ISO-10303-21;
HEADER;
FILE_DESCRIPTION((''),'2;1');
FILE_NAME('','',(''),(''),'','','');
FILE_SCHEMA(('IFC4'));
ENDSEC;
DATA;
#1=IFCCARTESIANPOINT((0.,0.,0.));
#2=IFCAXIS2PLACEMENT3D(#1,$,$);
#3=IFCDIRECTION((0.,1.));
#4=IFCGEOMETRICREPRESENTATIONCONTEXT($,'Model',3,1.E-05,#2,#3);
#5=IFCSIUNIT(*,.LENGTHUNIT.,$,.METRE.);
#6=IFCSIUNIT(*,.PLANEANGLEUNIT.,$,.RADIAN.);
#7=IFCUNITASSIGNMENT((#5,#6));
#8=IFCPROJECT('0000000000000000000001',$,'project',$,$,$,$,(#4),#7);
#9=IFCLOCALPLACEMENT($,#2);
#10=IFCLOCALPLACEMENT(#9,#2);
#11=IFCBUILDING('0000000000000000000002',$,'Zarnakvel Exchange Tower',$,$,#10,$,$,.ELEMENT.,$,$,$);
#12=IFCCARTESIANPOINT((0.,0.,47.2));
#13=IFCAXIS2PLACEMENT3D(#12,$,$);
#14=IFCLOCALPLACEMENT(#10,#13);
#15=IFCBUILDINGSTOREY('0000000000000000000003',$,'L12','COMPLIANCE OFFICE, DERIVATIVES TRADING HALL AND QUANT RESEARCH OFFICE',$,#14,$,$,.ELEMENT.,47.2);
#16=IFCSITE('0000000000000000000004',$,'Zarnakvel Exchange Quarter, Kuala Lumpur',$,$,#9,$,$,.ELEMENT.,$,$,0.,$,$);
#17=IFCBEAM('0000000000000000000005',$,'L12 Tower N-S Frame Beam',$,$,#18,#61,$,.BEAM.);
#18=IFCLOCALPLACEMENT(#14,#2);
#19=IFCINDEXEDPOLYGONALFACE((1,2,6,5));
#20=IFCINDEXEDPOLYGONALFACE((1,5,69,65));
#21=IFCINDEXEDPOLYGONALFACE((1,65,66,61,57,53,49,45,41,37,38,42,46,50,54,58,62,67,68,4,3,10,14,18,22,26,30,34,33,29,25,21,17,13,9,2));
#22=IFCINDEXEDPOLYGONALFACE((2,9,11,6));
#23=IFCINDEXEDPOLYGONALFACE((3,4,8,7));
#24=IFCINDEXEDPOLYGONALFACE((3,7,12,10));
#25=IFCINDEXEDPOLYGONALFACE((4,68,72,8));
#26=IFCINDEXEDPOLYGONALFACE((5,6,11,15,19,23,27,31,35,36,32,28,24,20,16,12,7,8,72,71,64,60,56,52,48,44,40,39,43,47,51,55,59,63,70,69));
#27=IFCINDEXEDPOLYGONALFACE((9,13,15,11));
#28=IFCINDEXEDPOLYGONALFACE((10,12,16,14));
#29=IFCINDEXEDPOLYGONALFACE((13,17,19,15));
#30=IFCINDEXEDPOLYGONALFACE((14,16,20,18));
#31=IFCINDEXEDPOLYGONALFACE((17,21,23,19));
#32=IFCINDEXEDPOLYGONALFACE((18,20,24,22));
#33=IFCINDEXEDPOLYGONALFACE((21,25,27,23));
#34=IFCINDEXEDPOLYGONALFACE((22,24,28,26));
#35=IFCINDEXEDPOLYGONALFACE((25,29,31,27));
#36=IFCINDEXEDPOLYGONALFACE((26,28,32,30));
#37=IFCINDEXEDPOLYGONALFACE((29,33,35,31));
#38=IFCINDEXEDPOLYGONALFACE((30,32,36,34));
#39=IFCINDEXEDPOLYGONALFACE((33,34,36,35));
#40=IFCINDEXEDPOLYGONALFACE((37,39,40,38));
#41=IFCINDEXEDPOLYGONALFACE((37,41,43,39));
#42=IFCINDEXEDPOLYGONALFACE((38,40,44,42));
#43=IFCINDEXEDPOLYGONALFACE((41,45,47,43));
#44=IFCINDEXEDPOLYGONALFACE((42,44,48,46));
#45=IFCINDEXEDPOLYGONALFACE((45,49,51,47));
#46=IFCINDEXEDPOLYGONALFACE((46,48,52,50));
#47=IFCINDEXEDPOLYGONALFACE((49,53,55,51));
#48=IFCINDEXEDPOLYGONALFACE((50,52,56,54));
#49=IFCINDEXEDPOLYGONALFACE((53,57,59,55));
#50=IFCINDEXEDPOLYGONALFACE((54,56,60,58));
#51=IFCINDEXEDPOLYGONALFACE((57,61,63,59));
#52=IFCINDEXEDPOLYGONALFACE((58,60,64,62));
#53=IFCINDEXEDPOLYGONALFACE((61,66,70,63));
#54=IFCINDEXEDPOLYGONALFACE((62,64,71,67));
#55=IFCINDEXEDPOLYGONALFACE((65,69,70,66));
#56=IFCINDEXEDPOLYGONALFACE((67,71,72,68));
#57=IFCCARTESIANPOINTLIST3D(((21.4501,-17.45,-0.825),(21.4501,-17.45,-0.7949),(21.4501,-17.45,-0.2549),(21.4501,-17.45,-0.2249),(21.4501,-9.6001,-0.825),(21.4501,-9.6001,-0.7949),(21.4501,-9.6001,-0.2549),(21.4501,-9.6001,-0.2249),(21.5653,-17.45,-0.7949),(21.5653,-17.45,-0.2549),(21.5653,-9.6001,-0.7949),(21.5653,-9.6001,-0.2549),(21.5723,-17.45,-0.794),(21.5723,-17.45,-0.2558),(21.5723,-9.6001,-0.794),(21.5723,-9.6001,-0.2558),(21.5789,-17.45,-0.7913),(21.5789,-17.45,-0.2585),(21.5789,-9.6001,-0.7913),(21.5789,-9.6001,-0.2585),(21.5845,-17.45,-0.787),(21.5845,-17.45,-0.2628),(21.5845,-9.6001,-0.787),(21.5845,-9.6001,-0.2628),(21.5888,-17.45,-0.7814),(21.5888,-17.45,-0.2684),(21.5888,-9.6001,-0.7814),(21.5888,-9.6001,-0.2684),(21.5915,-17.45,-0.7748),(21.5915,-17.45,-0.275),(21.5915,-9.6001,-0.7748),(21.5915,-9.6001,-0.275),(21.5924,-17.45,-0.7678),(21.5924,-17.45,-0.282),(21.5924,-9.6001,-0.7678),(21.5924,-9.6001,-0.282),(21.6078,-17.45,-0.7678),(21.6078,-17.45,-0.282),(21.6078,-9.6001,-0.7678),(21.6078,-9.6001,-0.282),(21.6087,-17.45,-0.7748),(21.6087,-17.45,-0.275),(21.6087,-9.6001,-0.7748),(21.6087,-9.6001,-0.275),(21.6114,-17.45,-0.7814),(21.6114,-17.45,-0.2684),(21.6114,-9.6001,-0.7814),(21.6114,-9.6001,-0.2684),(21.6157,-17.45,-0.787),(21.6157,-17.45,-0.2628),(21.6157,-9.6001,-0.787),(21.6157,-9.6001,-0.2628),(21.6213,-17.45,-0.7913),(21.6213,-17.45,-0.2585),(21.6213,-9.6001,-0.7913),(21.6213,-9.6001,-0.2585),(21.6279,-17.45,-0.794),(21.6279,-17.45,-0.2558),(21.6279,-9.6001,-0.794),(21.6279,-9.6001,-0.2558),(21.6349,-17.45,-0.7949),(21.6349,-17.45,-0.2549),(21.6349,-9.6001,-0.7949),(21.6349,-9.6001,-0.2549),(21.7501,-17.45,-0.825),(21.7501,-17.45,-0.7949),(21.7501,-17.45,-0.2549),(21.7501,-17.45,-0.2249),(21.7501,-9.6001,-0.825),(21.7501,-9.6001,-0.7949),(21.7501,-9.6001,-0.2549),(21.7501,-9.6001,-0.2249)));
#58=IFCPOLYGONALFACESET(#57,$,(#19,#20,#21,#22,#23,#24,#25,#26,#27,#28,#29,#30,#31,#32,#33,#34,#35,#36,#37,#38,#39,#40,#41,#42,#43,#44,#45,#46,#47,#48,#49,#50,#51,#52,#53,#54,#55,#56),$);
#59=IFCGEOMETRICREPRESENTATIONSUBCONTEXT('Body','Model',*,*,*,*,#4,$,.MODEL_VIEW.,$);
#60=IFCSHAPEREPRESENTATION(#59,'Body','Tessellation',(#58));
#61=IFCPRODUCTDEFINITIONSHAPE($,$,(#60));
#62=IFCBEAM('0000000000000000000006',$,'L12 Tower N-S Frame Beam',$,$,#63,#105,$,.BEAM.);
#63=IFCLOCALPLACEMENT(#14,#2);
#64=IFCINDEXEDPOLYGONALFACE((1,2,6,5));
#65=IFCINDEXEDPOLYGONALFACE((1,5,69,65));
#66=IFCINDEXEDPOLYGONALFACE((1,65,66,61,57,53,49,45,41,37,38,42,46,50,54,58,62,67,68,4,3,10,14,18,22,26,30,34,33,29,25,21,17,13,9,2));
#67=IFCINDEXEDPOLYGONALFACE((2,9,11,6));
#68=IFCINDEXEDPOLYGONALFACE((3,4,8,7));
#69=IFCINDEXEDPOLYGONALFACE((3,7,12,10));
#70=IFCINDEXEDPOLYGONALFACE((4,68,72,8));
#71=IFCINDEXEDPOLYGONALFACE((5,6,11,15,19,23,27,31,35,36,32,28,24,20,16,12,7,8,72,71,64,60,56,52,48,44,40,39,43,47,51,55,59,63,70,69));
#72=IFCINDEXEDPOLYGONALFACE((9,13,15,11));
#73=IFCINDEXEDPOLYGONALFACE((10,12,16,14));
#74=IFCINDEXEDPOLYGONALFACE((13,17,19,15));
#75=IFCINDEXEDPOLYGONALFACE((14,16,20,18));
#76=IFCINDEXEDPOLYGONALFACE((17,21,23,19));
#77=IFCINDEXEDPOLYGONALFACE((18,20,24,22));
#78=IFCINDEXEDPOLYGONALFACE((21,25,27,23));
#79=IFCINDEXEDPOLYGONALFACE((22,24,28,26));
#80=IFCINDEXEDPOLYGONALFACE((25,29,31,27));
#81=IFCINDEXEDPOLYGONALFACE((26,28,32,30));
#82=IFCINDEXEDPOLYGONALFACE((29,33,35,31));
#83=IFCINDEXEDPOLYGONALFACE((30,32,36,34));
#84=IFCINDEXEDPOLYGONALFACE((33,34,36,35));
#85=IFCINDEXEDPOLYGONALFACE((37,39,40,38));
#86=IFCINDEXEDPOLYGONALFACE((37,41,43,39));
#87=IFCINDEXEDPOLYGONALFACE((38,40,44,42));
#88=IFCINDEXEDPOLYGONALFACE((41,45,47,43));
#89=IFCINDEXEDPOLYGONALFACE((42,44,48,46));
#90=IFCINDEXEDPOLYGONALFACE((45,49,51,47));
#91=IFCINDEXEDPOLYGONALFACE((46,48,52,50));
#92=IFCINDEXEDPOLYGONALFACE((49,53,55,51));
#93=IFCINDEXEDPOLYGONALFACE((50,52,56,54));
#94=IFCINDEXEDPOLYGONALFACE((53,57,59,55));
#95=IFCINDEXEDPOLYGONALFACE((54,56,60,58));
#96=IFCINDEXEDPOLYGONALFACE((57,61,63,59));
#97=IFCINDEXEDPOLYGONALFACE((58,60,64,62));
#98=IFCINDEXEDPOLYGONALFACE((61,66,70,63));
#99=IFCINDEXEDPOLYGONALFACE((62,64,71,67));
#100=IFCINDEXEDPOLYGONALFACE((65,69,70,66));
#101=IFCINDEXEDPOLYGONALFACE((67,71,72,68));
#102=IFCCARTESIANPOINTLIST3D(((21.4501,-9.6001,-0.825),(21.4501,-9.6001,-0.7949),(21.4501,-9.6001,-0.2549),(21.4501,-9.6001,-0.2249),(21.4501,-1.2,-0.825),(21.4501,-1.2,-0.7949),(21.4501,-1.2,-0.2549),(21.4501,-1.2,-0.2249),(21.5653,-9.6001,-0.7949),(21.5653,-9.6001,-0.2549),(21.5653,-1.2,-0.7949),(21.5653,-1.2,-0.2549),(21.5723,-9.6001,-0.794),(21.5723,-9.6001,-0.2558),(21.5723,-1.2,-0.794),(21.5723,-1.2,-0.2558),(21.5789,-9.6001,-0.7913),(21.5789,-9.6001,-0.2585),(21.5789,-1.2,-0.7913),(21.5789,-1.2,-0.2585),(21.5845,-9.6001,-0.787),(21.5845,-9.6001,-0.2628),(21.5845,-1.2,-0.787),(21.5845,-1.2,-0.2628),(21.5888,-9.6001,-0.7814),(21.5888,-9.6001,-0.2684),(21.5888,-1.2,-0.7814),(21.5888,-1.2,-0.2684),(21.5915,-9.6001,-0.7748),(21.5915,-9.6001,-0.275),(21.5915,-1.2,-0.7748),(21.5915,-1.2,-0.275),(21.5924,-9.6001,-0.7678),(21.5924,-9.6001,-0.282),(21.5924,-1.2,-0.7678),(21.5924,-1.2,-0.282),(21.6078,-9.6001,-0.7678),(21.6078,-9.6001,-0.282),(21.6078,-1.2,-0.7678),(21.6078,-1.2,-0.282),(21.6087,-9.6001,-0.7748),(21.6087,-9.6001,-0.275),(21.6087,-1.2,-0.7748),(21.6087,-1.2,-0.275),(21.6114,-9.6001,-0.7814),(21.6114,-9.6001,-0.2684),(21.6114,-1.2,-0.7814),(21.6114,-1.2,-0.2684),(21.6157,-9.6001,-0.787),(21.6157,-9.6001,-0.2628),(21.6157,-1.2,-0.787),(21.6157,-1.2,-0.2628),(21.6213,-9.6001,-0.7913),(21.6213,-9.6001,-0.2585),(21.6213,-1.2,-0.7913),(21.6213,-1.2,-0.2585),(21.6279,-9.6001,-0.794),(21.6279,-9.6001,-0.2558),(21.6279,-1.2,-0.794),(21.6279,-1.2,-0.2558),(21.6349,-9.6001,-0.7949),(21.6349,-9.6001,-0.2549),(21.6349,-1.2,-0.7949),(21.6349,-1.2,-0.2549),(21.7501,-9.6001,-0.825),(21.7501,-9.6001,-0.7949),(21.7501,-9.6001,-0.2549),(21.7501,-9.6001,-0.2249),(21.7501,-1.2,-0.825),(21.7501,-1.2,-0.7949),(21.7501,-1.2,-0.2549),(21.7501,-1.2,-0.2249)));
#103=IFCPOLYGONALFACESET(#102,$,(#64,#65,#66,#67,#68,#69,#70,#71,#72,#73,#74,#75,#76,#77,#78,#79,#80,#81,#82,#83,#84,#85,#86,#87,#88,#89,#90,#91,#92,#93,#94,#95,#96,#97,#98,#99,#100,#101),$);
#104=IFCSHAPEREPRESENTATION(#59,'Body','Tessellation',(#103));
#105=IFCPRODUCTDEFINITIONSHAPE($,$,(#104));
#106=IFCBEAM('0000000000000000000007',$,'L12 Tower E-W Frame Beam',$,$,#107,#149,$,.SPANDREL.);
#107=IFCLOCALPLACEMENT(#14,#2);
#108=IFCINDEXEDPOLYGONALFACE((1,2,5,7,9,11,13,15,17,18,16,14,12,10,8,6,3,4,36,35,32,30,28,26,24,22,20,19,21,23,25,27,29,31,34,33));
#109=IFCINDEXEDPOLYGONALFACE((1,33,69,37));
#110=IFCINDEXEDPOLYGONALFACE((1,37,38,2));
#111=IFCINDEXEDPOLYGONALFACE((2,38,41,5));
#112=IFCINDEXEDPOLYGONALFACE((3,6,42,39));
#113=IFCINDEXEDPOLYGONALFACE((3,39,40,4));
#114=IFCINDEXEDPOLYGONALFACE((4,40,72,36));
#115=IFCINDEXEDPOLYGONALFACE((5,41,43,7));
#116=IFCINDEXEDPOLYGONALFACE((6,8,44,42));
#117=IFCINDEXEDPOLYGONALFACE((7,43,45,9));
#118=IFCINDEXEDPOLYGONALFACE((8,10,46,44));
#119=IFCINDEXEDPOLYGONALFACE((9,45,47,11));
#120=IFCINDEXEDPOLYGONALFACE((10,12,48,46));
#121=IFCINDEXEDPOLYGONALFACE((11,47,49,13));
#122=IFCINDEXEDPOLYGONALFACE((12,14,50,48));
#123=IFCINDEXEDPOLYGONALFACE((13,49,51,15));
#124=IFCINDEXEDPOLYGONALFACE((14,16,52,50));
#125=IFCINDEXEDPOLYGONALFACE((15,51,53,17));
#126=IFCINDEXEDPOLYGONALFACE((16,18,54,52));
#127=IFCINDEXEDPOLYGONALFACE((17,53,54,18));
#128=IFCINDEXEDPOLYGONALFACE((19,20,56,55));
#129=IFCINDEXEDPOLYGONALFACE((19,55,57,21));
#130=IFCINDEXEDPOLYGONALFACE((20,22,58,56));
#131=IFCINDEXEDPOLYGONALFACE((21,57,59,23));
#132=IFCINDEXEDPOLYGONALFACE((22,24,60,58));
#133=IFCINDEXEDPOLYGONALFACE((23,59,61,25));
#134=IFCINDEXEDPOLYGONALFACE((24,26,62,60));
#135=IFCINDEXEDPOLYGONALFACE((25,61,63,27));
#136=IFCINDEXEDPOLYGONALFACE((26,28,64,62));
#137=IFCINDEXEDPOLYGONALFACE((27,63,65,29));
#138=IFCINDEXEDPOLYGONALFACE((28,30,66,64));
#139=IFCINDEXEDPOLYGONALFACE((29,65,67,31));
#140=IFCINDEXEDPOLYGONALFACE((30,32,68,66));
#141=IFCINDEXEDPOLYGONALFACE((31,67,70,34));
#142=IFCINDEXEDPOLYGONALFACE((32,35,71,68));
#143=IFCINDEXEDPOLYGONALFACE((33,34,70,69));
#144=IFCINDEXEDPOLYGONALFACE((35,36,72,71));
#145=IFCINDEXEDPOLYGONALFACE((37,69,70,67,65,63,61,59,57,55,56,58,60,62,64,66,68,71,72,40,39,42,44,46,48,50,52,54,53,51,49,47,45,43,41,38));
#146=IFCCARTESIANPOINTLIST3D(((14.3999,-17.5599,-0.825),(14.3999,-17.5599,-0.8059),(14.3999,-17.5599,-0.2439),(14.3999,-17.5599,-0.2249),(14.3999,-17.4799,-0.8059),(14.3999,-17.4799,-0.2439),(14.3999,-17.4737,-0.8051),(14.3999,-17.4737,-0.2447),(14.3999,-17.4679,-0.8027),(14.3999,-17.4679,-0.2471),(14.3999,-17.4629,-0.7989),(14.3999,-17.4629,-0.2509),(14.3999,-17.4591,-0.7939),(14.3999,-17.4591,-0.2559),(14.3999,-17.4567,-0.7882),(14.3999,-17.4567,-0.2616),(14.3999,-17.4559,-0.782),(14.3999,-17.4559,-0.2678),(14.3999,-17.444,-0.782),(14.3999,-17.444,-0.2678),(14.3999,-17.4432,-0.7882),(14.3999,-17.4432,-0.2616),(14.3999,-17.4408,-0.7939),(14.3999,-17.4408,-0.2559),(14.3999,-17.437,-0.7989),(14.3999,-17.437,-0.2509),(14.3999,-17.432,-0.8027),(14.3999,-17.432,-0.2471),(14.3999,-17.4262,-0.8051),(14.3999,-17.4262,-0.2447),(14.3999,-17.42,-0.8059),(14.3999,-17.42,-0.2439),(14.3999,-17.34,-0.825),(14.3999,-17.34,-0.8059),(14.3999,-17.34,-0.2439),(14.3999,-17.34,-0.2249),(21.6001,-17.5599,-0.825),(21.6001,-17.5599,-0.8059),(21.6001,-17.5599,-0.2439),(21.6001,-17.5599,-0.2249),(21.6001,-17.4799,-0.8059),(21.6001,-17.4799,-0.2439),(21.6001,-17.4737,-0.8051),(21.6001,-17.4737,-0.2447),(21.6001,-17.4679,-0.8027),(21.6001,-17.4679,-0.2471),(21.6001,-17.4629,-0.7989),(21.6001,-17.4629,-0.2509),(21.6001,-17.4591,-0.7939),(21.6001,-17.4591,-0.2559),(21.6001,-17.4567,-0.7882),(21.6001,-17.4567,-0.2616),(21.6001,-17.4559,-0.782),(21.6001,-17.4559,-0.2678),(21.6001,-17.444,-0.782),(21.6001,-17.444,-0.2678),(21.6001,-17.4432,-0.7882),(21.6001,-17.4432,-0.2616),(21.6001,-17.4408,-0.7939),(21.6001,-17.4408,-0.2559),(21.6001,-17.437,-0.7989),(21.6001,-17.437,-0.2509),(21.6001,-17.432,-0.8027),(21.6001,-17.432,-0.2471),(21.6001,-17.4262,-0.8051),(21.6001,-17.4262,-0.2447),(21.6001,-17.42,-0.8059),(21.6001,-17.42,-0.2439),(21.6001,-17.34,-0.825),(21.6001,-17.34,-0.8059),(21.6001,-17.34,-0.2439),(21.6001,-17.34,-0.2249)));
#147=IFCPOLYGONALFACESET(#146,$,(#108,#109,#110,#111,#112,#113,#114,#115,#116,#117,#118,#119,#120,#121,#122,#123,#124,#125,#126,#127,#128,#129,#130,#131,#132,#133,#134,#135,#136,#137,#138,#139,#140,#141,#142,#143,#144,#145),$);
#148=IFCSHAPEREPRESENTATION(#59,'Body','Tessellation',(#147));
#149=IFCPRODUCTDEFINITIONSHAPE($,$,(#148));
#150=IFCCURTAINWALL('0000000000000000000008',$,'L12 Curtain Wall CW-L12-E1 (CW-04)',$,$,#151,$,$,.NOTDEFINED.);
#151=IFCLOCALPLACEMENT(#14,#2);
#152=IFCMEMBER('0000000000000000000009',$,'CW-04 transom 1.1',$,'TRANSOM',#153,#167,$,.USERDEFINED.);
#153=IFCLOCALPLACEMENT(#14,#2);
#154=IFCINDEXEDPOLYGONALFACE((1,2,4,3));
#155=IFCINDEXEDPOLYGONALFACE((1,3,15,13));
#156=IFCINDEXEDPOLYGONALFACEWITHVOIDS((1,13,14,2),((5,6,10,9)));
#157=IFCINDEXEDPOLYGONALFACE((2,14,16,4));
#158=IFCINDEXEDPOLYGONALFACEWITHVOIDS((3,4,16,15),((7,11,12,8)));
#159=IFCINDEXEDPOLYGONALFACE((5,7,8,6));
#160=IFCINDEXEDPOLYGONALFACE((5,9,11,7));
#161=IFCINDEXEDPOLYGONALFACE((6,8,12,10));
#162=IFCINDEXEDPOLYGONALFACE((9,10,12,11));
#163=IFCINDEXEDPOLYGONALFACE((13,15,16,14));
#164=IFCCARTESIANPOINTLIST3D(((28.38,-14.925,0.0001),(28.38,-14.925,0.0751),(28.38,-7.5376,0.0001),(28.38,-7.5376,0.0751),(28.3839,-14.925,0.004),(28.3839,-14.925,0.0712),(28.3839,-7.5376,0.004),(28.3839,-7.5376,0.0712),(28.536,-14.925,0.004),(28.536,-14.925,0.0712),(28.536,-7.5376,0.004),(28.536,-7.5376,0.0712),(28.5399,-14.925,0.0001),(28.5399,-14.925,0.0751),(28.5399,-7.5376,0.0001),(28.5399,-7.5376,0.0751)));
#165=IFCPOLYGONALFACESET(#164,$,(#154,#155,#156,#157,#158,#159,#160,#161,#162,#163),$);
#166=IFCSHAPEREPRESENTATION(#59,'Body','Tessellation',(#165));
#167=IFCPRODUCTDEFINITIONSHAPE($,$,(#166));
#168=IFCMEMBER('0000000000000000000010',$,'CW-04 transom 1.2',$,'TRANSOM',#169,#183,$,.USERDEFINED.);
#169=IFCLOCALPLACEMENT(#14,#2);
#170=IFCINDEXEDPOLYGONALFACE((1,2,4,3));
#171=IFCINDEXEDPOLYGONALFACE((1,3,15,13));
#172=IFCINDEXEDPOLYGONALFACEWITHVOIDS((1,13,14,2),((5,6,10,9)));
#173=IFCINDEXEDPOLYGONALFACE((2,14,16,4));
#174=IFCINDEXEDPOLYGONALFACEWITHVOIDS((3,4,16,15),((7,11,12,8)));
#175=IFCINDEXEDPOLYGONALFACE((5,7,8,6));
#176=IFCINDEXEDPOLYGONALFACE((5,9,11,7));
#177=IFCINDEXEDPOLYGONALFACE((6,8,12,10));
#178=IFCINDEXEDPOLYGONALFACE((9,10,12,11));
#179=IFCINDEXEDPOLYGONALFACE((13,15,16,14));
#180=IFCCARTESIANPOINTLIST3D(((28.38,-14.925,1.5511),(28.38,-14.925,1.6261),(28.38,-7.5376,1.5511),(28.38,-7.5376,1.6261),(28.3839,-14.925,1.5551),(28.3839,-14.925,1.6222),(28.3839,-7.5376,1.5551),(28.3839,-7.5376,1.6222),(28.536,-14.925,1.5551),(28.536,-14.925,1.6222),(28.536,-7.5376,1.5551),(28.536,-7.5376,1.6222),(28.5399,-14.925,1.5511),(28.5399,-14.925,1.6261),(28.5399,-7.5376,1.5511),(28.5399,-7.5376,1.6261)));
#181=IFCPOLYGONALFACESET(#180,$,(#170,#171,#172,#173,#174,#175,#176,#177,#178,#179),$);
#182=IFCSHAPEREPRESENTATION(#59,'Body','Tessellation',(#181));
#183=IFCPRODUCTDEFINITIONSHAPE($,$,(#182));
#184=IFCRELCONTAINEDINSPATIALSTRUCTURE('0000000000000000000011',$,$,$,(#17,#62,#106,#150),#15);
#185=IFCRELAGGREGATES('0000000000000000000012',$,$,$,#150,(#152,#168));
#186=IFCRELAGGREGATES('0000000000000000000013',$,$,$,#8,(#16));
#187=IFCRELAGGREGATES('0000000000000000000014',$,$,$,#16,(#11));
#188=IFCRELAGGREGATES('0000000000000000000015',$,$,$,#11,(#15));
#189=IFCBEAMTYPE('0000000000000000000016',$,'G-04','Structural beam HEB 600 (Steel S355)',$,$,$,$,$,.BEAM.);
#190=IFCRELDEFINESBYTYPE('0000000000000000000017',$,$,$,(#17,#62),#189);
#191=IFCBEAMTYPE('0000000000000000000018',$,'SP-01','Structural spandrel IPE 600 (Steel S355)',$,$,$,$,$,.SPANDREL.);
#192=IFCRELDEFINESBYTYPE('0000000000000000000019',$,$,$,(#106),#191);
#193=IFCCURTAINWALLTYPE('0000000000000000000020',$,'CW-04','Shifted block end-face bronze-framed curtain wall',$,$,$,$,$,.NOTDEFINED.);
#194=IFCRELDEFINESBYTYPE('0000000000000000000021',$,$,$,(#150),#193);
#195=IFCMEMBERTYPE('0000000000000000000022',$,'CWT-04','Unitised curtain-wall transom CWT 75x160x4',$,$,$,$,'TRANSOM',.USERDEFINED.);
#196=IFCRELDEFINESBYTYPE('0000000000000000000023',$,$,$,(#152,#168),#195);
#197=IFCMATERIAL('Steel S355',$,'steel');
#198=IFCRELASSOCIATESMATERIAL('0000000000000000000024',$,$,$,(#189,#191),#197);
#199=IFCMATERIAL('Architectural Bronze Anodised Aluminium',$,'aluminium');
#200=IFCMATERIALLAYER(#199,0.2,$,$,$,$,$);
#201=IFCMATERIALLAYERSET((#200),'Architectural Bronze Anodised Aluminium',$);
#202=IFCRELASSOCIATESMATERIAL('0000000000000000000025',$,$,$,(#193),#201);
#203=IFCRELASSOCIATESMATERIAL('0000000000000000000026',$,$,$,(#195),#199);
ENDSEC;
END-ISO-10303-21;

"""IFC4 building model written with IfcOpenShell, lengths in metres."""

from ifc_helpers import new_model, si_unit, direction, frame, origin, origin_2d, place, context, subcontext, project, spatial, hollow_rectangle, i_section, extrude, source, transform, mapped, material, layer, layer_set, material_profile, profile_set, type_object, element, aggregate, save


model = new_model("IFC4")

# Units and contexts
model_context = context("Model", 3, precision=1e-05, world=origin(), true_north=direction((0.0, 1.0)))
body_context = subcontext(model_context, "Body", "Model", "MODEL_VIEW")
ifc_project = project(units=[si_unit("LENGTHUNIT", "METRE"), si_unit("PLANEANGLEUNIT", "RADIAN")], contexts=[model_context])

# Site, building, storey
site_placement = place(None, origin())
site = spatial("IfcSite", under=ifc_project, at=site_placement, Name="Zarnakvel Exchange Quarter, Kuala Lumpur", CompositionType="ELEMENT", RefElevation=0.0)
building_placement = place(site_placement, origin())
building = spatial("IfcBuilding", under=site, at=building_placement, Name="Zarnakvel Exchange Tower", CompositionType="ELEMENT")
storey_placement = place(building_placement, frame((0.0, 0.0, 47.2)))
storey = spatial("IfcBuildingStorey", under=building, at=storey_placement, Name="L12", Description="COMPLIANCE OFFICE, DERIVATIVES TRADING HALL AND QUANT RESEARCH OFFICE", CompositionType="ELEMENT", Elevation=47.2)

# Shared definitions
ifc_material_1 = material(Name="Steel S355", Category="steel")

# Beams
ifc_material_profile_1 = material_profile(ifc_material_1, i_section(OverallWidth=0.3, OverallDepth=0.6001, WebThickness=0.0154, FlangeThickness=0.03, FilletRadius=0.0271, at=origin_2d()))
ifc_profile_set_1 = profile_set([ifc_material_profile_1], Name="Steel S355")
beam_type_1 = type_object("IfcBeamType", Name="G-04", Description="Structural beam HEB 600 (Steel S355)", PredefinedType="BEAM", material=ifc_profile_set_1)
beam_1_placement = place(storey_placement, frame((21.6001, -17.45, -0.5249), z_axis=(0.0, 1.0, 0.0), x_axis=(-1.0, 0.0, 0.0)))
element("IfcBeam", 1, at=beam_1_placement, inside=storey, type_object=beam_type_1, Name="L12 Tower N-S Frame Beam", PredefinedType="BEAM", context=body_context, shape_type="SweptSolid", body=[
    extrude(i_section(OverallWidth=0.3, OverallDepth=0.6001, WebThickness=0.0154, FlangeThickness=0.03, FilletRadius=0.0271, at=origin_2d()), origin(), (0.0, 0.0, 1.0), 7.8499),
])
beam_2_placement = place(storey_placement, frame((21.6001, -9.6001, -0.5249), z_axis=(0.0, 1.0, 0.0), x_axis=(-1.0, 0.0, 0.0)))
element("IfcBeam", 2, at=beam_2_placement, inside=storey, type_object=beam_type_1, Name="L12 Tower N-S Frame Beam", PredefinedType="BEAM", context=body_context, shape_type="SweptSolid", body=[
    extrude(i_section(OverallWidth=0.3, OverallDepth=0.6001, WebThickness=0.0154, FlangeThickness=0.03, FilletRadius=0.0271, at=origin_2d()), origin(), (0.0, 0.0, 1.0), 8.4001),
])
ifc_material_profile_2 = material_profile(ifc_material_1, i_section(OverallWidth=0.22, OverallDepth=0.6001, WebThickness=0.012, FlangeThickness=0.019, FilletRadius=0.0239, at=origin_2d()))
ifc_profile_set_2 = profile_set([ifc_material_profile_2], Name="Steel S355")
beam_type_2 = type_object("IfcBeamType", Name="SP-01", Description="Structural spandrel IPE 600 (Steel S355)", PredefinedType="SPANDREL", material=ifc_profile_set_2)
beam_3_placement = place(storey_placement, frame((14.3999, -17.45, -0.5249), z_axis=(1.0, 0.0, 0.0), x_axis=(0.0, 1.0, 0.0)))
element("IfcBeam", 3, at=beam_3_placement, inside=storey, type_object=beam_type_2, Name="L12 Tower E-W Frame Beam", PredefinedType="SPANDREL", context=body_context, shape_type="SweptSolid", body=[
    extrude(i_section(OverallWidth=0.22, OverallDepth=0.6001, WebThickness=0.012, FlangeThickness=0.019, FilletRadius=0.0239, at=origin_2d()), origin(), (0.0, 0.0, 1.0), 7.2002),
])

# Curtain wall, members
ifc_material_2 = material(Name="Architectural Bronze Anodised Aluminium", Category="aluminium")
ifc_layer_1 = layer(ifc_material_2, 0.2)
ifc_layer_set_1 = layer_set([ifc_layer_1], Name="Architectural Bronze Anodised Aluminium")
curtain_wall_type = type_object("IfcCurtainWallType", Name="CW-04", Description="Shifted block end-face bronze-framed curtain wall", PredefinedType="NOTDEFINED", material=ifc_layer_set_1)
curtain_wall_placement = place(storey_placement, origin())
curtain_wall = element("IfcCurtainWall", 4, at=curtain_wall_placement, inside=storey, type_object=curtain_wall_type, Name="L12 Curtain Wall CW-L12-E1 (CW-04)", PredefinedType="NOTDEFINED")
ifc_material_profile_3 = material_profile(ifc_material_2, hollow_rectangle(XDim=0.1599, YDim=0.075, WallThickness=0.0039, at=origin_2d()))
ifc_profile_set_3 = profile_set([ifc_material_profile_3], Name="Architectural Bronze Anodised Aluminium")
member_type_1 = type_object("IfcMemberType", Name="CWT-04", Description="Unitised curtain-wall transom CWT 75x160x4", ElementType="TRANSOM", PredefinedType="USERDEFINED", material=ifc_profile_set_3)
shared_shape_1 = source(origin(), body_context, "Body", "SweptSolid", [
    extrude(hollow_rectangle(XDim=0.1599, YDim=0.075, WallThickness=0.0039, at=origin_2d()), origin(), (0.0, 0.0, 1.0), 7.3875),
])
member_1_placement = place(storey_placement, frame((28.46, -14.925, 0.0376), z_axis=(0.0, 1.0, 0.0), x_axis=(-1.0, 0.0, 0.0)))
member_1 = element("IfcMember", 5, at=member_1_placement, type_object=member_type_1, Name="CW-04 transom 1.1", ObjectType="TRANSOM", PredefinedType="USERDEFINED", context=body_context, shape_type="MappedRepresentation", body=[
    mapped(shared_shape_1, transform((0.0, 0.0, 0.0), x_axis=(1.0, 0.0, 0.0), y_axis=(0.0, 1.0, 0.0), z_axis=(0.0, 0.0, 1.0), scale=1.0)),
])
member_2_placement = place(storey_placement, frame((28.46, -14.925, 1.5886), z_axis=(0.0, 1.0, 0.0), x_axis=(-1.0, 0.0, 0.0)))
member_2 = element("IfcMember", 6, at=member_2_placement, type_object=member_type_1, Name="CW-04 transom 1.2", ObjectType="TRANSOM", PredefinedType="USERDEFINED", context=body_context, shape_type="MappedRepresentation", body=[
    mapped(shared_shape_1, transform((0.0, 0.0, 0.0), x_axis=(1.0, 0.0, 0.0), y_axis=(0.0, 1.0, 0.0), z_axis=(0.0, 0.0, 1.0), scale=1.0)),
])
aggregate(curtain_wall, [member_1, member_2])

save(model, "model.ifc")
